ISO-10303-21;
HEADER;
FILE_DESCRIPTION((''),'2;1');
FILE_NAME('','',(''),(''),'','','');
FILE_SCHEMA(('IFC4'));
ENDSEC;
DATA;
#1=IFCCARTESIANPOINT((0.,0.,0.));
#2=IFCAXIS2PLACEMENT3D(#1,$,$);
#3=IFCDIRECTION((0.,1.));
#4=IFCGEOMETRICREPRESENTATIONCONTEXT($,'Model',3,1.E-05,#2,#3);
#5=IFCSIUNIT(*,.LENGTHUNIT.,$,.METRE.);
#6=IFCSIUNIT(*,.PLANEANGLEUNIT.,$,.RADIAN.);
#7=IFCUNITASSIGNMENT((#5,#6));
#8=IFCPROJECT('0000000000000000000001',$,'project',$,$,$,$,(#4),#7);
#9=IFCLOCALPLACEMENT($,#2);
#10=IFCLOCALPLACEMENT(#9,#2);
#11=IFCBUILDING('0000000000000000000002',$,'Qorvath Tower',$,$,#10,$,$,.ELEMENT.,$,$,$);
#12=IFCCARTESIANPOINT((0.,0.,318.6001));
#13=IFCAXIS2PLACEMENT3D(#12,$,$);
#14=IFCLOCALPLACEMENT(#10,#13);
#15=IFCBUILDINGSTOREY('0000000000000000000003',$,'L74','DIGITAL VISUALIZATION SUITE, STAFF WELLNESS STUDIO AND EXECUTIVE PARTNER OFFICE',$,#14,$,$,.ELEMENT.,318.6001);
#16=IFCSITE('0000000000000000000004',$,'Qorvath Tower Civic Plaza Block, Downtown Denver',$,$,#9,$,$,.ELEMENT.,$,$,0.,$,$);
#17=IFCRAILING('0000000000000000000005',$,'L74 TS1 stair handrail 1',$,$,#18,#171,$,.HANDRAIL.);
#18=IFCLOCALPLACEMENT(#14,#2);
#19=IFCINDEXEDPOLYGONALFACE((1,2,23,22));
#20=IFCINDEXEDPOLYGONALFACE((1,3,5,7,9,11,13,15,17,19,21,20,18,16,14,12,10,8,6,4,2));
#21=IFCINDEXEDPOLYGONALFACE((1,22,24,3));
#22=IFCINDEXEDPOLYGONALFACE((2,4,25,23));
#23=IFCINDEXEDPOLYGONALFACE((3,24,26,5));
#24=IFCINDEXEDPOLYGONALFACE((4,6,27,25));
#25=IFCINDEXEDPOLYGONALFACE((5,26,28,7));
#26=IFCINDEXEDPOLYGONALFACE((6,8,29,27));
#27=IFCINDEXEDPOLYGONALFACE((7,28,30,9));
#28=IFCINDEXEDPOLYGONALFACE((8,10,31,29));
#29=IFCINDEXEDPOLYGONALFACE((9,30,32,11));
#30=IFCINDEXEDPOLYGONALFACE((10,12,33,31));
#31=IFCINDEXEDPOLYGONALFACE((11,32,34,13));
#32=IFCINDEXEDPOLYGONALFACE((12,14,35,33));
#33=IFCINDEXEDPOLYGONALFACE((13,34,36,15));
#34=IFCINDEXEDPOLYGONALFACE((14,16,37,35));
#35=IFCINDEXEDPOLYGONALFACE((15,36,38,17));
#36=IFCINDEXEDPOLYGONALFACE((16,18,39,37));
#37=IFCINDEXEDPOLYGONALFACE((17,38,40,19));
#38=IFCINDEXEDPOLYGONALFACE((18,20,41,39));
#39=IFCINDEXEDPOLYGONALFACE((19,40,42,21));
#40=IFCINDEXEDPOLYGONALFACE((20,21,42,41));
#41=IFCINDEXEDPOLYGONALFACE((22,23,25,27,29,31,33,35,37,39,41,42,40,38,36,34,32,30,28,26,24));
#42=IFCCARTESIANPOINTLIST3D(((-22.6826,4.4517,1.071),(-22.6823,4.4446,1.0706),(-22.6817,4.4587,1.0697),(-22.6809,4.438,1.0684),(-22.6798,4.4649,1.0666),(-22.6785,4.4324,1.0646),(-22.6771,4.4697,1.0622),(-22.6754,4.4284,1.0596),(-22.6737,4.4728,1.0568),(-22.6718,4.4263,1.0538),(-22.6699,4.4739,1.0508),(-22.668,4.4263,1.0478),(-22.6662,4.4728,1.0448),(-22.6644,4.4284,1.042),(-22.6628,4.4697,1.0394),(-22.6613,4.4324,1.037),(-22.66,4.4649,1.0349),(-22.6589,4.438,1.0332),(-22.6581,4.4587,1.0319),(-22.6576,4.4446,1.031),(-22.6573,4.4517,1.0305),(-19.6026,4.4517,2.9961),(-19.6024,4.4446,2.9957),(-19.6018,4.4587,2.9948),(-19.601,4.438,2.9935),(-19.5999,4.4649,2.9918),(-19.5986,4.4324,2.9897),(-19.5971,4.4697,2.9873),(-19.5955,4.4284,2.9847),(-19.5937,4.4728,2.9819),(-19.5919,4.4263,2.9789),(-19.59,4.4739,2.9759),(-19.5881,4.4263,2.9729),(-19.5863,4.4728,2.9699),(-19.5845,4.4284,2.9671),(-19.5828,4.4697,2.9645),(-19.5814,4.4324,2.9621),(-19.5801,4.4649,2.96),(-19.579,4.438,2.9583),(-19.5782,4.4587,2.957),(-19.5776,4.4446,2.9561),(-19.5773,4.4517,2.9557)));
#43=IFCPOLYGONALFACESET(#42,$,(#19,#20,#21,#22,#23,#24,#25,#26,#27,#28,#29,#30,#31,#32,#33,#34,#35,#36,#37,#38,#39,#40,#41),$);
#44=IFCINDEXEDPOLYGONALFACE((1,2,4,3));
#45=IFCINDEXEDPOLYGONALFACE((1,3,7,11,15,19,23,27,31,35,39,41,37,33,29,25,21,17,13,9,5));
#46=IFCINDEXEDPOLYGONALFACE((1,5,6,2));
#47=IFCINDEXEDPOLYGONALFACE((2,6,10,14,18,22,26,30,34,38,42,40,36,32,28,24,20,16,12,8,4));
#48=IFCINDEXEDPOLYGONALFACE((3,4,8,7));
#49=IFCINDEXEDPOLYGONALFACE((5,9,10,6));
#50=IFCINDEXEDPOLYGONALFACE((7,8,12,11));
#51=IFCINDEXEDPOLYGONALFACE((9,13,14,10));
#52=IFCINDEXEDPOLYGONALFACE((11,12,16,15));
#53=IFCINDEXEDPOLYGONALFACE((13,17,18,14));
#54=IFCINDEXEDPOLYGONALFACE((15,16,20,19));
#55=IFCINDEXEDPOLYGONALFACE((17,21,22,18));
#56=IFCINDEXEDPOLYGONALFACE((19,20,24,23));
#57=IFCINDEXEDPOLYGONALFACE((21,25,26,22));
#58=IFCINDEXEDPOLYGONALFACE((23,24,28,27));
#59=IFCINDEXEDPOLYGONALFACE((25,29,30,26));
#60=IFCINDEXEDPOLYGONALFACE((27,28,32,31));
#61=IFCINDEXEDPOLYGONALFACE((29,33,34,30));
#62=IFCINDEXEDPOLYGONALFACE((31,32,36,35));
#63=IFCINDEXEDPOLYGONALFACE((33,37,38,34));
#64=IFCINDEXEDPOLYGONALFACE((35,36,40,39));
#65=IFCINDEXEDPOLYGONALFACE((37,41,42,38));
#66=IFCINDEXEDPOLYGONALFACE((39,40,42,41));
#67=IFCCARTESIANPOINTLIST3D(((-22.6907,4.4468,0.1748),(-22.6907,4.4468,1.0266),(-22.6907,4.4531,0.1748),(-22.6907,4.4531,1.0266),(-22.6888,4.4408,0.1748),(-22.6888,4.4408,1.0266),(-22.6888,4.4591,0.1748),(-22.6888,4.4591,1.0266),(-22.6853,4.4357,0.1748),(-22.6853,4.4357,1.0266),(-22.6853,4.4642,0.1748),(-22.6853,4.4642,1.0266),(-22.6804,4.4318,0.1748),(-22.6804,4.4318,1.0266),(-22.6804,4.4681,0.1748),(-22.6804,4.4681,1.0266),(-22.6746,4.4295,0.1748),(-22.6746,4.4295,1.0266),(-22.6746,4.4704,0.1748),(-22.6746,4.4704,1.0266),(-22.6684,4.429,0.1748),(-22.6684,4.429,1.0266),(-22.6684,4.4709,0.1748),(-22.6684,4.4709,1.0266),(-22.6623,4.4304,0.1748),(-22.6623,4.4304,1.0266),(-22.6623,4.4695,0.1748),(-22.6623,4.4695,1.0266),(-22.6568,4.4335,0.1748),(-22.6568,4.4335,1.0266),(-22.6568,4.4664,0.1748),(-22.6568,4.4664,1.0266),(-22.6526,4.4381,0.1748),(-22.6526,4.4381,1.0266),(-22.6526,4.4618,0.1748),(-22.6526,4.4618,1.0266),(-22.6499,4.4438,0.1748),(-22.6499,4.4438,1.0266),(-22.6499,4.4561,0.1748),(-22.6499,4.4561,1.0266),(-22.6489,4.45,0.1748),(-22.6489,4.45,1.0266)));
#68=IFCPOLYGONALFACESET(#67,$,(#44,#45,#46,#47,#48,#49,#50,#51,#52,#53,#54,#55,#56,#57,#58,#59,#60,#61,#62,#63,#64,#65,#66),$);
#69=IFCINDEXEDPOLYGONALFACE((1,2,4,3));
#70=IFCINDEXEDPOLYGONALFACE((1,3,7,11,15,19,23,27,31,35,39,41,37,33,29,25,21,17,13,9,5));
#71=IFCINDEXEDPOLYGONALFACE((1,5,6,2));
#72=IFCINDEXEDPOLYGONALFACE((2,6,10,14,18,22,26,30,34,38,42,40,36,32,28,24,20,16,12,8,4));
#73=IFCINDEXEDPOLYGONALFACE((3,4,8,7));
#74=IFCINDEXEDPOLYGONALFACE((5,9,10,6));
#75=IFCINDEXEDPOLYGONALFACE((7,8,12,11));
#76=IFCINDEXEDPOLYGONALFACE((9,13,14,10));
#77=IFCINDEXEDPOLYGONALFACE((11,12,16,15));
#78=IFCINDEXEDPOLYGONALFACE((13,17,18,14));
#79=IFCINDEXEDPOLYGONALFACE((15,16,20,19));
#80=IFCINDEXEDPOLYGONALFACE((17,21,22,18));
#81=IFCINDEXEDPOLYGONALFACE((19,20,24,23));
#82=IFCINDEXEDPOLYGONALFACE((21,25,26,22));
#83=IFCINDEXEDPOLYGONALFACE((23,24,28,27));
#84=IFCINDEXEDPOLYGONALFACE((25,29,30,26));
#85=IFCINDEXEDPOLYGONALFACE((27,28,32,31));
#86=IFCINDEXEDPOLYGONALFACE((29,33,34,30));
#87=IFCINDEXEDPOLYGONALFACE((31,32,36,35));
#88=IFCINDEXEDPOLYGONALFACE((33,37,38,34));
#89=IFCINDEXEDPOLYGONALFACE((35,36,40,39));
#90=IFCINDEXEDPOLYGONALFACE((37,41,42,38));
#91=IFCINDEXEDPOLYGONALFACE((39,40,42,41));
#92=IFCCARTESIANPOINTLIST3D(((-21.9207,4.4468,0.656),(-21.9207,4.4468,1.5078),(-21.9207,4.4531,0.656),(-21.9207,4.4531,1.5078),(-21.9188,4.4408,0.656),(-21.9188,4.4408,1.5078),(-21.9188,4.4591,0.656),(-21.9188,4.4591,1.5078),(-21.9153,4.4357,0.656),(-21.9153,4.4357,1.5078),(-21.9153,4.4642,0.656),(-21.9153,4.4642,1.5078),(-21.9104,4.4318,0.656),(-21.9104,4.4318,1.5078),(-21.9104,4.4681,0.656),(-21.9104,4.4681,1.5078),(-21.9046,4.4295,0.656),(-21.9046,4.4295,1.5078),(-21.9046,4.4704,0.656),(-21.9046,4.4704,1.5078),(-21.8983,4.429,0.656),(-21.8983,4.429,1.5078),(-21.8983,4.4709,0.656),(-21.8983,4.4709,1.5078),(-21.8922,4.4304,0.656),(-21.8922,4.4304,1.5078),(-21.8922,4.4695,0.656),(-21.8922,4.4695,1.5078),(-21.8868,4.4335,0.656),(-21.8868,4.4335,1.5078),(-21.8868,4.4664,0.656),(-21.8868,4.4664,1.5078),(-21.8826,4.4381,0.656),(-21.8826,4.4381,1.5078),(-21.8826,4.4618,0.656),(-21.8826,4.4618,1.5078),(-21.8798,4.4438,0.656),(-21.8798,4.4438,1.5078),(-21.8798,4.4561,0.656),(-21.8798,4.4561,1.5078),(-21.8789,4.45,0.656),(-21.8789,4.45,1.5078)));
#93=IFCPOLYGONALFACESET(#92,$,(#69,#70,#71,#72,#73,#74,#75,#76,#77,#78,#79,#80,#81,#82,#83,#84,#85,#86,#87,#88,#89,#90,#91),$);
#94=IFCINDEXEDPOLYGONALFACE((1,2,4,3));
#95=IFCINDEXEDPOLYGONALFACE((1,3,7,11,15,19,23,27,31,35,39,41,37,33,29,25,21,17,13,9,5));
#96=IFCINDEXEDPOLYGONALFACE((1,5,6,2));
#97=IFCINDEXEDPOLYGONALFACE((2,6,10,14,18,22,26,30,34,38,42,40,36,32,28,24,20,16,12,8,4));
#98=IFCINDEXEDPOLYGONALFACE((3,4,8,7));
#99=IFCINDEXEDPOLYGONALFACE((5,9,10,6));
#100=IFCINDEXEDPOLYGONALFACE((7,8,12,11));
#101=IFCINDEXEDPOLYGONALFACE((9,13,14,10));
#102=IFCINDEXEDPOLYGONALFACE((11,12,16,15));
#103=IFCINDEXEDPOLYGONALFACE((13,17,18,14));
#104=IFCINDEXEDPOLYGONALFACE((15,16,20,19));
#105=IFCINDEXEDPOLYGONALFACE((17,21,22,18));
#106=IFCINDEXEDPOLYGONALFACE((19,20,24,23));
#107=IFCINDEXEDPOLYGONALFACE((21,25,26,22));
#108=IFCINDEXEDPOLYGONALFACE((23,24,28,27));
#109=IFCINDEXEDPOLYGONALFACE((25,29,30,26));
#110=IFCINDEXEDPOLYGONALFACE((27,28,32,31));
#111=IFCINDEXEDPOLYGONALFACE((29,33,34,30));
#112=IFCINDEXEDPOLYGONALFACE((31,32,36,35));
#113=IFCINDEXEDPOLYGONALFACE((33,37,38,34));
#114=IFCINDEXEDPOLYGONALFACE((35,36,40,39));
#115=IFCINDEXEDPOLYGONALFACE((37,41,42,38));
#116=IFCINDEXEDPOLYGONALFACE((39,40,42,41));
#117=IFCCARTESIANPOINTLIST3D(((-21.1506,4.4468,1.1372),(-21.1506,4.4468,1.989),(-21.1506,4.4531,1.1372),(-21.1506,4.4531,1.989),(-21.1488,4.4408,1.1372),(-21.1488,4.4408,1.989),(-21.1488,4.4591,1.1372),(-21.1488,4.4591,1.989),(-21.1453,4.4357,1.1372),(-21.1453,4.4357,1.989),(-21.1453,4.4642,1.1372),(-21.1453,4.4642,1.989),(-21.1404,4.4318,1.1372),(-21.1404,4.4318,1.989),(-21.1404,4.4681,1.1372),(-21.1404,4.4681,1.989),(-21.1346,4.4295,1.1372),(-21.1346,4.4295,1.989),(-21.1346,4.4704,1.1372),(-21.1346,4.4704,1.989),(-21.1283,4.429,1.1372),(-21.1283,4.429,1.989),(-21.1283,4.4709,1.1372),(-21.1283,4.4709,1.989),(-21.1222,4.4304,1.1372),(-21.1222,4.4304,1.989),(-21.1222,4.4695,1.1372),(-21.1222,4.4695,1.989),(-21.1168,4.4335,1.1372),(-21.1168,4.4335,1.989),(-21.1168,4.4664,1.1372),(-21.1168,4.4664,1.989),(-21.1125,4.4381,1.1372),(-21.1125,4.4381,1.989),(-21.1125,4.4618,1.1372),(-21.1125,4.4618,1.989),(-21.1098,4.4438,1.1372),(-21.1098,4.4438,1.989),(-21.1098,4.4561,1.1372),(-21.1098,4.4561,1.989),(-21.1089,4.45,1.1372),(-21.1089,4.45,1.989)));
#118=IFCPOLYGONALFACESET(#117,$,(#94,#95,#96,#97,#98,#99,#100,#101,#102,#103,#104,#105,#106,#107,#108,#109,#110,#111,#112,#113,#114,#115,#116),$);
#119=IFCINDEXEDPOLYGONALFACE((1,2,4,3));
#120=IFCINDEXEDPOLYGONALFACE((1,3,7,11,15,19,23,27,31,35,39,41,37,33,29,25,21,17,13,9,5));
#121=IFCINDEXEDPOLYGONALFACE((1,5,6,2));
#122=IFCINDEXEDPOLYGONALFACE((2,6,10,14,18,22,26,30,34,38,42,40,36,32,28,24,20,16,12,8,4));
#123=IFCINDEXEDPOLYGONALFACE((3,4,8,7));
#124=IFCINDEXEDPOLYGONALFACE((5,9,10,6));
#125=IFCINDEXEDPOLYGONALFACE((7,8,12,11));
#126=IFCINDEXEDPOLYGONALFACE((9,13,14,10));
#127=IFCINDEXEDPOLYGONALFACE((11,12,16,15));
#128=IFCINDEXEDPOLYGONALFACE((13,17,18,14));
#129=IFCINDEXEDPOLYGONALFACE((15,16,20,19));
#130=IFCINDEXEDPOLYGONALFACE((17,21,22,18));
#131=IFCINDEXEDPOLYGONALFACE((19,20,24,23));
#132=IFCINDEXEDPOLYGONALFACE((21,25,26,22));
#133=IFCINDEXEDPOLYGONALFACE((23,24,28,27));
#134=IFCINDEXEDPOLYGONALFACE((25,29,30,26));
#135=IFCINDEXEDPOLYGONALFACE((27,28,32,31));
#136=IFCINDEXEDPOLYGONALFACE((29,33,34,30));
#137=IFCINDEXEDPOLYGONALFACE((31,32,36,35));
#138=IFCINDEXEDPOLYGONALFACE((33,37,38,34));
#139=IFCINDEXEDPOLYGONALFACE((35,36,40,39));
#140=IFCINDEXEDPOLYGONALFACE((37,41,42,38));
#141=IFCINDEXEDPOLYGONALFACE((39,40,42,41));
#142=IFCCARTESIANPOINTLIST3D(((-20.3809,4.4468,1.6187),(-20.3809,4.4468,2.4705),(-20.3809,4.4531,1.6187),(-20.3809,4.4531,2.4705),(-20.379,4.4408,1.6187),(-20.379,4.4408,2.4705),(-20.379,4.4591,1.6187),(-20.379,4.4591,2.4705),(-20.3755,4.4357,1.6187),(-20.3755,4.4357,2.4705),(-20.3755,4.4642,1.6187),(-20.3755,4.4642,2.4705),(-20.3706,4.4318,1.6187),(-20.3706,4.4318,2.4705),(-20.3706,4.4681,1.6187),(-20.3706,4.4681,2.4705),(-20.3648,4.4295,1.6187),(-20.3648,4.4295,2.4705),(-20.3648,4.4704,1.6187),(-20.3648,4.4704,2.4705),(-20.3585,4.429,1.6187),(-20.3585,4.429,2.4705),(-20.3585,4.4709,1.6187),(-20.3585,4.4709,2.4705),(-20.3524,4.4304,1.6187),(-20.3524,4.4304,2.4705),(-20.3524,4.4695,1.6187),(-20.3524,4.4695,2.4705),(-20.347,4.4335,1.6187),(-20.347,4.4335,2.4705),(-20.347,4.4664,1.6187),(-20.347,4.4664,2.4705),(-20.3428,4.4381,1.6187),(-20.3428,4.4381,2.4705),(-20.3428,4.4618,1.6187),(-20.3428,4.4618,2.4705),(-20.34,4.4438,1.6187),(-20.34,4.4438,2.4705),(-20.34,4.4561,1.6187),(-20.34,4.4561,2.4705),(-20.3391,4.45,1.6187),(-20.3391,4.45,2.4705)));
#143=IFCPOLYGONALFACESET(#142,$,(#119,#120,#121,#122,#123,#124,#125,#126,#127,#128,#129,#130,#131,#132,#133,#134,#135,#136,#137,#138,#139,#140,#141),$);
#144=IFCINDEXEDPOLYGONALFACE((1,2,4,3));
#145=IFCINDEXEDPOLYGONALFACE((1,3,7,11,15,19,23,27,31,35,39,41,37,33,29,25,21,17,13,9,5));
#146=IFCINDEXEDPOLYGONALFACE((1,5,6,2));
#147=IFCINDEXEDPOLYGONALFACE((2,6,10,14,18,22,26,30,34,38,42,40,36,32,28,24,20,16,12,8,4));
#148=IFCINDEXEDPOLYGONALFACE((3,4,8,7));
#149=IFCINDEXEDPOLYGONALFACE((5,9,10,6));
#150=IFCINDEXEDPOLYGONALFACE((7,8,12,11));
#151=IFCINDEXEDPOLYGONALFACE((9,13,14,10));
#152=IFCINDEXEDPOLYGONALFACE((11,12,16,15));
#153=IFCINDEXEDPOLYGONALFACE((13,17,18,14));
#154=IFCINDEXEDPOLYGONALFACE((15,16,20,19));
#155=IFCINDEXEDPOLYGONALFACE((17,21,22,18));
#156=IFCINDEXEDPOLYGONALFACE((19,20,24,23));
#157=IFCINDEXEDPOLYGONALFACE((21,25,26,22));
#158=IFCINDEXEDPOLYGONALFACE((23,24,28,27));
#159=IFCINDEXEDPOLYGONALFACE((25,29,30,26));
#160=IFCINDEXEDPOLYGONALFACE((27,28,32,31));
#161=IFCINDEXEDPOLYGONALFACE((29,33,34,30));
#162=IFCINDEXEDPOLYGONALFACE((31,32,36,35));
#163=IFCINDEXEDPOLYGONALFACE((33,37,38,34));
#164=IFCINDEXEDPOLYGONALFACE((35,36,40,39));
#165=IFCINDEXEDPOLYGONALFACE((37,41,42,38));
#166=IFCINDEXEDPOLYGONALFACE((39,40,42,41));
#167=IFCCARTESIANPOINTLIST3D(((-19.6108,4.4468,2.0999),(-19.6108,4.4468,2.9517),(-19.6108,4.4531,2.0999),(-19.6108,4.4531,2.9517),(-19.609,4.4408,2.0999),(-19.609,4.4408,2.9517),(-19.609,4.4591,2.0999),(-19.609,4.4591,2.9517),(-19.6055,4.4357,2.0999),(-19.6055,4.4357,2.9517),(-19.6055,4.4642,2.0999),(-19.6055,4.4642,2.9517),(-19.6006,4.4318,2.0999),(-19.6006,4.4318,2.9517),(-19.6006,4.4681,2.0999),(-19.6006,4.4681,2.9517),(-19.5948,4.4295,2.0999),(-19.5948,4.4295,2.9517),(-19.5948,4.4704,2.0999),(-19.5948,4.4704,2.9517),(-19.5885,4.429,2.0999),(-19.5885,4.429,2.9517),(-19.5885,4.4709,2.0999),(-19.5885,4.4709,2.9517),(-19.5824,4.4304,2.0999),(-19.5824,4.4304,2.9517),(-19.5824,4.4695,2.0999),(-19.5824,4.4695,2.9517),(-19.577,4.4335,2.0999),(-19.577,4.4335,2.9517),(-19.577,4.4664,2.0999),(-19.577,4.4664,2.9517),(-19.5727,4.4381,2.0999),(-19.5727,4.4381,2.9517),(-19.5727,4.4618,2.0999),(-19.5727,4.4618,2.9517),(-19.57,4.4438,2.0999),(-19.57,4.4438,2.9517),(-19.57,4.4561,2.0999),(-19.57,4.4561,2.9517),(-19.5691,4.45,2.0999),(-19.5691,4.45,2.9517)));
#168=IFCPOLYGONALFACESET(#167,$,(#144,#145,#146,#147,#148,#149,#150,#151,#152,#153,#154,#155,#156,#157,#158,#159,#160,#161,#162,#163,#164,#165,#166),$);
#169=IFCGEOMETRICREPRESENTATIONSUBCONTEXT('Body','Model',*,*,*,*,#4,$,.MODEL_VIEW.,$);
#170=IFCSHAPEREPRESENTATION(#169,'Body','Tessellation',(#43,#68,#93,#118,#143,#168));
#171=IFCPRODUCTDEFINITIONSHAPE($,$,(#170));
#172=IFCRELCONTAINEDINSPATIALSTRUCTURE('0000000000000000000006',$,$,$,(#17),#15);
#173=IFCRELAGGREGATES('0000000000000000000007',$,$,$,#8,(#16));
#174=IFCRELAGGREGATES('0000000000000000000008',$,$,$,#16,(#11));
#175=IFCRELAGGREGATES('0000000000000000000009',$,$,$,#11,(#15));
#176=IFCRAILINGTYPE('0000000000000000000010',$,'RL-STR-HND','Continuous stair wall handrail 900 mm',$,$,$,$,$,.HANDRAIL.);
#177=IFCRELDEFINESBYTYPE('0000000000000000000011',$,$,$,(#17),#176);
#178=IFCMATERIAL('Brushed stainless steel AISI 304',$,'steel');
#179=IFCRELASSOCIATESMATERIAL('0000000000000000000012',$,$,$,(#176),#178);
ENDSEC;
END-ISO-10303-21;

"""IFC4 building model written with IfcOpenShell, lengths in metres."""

from ifc_helpers import new_model, si_unit, direction, frame, origin, origin_2d, place, context, subcontext, project, spatial, circle, extrude, material, type_object, element, save


model = new_model("IFC4")

# Units and contexts
model_context = context("Model", 3, precision=1e-05, world=origin(), true_north=direction((0.0, 1.0)))
body_context = subcontext(model_context, "Body", "Model", "MODEL_VIEW")
ifc_project = project(units=[si_unit("LENGTHUNIT", "METRE"), si_unit("PLANEANGLEUNIT", "RADIAN")], contexts=[model_context])

# Site, building, storey
site_placement = place(None, origin())
site = spatial("IfcSite", under=ifc_project, at=site_placement, Name="Qorvath Tower Civic Plaza Block, Downtown Denver", CompositionType="ELEMENT", RefElevation=0.0)
building_placement = place(site_placement, origin())
building = spatial("IfcBuilding", under=site, at=building_placement, Name="Qorvath Tower", CompositionType="ELEMENT")
storey_placement = place(building_placement, frame((0.0, 0.0, 318.6001)))
storey = spatial("IfcBuildingStorey", under=building, at=storey_placement, Name="L74", Description="DIGITAL VISUALIZATION SUITE, STAFF WELLNESS STUDIO AND EXECUTIVE PARTNER OFFICE", CompositionType="ELEMENT", Elevation=318.6001)

# Railing
ifc_material_1 = material(Name="Brushed stainless steel AISI 304", Category="steel")
railing_type_1 = type_object("IfcRailingType", Name="RL-STR-HND", Description="Continuous stair wall handrail 900 mm", PredefinedType="HANDRAIL", material=ifc_material_1)
railing_1_placement = place(storey_placement, frame((-22.6699, 4.45, 0.1748)))
element("IfcRailing", 1, at=railing_1_placement, inside=storey, type_object=railing_type_1, Name="L74 TS1 stair handrail 1", PredefinedType="HANDRAIL", context=body_context, shape_type="SweptSolid", body=[
    extrude(circle(Radius=0.0239, at=origin_2d()), frame((0.0, 0.0, 0.876), z_axis=(0.847979, 0.0, 0.530029), x_axis=(0.0, 1.0, 0.0)), (0.0, 0.0, 1.0), 3.6321),
    extrude(circle(Radius=0.021, at=origin_2d()), origin(), (0.0, 0.0, 1.0), 0.8518),
    extrude(circle(Radius=0.021, at=origin_2d()), frame((0.77, 0.0, 0.4812)), (0.0, 0.0, 1.0), 0.8518),
    extrude(circle(Radius=0.021, at=origin_2d()), frame((1.54, 0.0, 0.9624)), (0.0, 0.0, 1.0), 0.8518),
    extrude(circle(Radius=0.021, at=origin_2d()), frame((2.3098, 0.0, 1.4438)), (0.0, 0.0, 1.0), 0.8518),
    extrude(circle(Radius=0.021, at=origin_2d()), frame((3.0798, 0.0, 1.925)), (0.0, 0.0, 1.0), 0.8518),
])

save(model, "model.ifc")
